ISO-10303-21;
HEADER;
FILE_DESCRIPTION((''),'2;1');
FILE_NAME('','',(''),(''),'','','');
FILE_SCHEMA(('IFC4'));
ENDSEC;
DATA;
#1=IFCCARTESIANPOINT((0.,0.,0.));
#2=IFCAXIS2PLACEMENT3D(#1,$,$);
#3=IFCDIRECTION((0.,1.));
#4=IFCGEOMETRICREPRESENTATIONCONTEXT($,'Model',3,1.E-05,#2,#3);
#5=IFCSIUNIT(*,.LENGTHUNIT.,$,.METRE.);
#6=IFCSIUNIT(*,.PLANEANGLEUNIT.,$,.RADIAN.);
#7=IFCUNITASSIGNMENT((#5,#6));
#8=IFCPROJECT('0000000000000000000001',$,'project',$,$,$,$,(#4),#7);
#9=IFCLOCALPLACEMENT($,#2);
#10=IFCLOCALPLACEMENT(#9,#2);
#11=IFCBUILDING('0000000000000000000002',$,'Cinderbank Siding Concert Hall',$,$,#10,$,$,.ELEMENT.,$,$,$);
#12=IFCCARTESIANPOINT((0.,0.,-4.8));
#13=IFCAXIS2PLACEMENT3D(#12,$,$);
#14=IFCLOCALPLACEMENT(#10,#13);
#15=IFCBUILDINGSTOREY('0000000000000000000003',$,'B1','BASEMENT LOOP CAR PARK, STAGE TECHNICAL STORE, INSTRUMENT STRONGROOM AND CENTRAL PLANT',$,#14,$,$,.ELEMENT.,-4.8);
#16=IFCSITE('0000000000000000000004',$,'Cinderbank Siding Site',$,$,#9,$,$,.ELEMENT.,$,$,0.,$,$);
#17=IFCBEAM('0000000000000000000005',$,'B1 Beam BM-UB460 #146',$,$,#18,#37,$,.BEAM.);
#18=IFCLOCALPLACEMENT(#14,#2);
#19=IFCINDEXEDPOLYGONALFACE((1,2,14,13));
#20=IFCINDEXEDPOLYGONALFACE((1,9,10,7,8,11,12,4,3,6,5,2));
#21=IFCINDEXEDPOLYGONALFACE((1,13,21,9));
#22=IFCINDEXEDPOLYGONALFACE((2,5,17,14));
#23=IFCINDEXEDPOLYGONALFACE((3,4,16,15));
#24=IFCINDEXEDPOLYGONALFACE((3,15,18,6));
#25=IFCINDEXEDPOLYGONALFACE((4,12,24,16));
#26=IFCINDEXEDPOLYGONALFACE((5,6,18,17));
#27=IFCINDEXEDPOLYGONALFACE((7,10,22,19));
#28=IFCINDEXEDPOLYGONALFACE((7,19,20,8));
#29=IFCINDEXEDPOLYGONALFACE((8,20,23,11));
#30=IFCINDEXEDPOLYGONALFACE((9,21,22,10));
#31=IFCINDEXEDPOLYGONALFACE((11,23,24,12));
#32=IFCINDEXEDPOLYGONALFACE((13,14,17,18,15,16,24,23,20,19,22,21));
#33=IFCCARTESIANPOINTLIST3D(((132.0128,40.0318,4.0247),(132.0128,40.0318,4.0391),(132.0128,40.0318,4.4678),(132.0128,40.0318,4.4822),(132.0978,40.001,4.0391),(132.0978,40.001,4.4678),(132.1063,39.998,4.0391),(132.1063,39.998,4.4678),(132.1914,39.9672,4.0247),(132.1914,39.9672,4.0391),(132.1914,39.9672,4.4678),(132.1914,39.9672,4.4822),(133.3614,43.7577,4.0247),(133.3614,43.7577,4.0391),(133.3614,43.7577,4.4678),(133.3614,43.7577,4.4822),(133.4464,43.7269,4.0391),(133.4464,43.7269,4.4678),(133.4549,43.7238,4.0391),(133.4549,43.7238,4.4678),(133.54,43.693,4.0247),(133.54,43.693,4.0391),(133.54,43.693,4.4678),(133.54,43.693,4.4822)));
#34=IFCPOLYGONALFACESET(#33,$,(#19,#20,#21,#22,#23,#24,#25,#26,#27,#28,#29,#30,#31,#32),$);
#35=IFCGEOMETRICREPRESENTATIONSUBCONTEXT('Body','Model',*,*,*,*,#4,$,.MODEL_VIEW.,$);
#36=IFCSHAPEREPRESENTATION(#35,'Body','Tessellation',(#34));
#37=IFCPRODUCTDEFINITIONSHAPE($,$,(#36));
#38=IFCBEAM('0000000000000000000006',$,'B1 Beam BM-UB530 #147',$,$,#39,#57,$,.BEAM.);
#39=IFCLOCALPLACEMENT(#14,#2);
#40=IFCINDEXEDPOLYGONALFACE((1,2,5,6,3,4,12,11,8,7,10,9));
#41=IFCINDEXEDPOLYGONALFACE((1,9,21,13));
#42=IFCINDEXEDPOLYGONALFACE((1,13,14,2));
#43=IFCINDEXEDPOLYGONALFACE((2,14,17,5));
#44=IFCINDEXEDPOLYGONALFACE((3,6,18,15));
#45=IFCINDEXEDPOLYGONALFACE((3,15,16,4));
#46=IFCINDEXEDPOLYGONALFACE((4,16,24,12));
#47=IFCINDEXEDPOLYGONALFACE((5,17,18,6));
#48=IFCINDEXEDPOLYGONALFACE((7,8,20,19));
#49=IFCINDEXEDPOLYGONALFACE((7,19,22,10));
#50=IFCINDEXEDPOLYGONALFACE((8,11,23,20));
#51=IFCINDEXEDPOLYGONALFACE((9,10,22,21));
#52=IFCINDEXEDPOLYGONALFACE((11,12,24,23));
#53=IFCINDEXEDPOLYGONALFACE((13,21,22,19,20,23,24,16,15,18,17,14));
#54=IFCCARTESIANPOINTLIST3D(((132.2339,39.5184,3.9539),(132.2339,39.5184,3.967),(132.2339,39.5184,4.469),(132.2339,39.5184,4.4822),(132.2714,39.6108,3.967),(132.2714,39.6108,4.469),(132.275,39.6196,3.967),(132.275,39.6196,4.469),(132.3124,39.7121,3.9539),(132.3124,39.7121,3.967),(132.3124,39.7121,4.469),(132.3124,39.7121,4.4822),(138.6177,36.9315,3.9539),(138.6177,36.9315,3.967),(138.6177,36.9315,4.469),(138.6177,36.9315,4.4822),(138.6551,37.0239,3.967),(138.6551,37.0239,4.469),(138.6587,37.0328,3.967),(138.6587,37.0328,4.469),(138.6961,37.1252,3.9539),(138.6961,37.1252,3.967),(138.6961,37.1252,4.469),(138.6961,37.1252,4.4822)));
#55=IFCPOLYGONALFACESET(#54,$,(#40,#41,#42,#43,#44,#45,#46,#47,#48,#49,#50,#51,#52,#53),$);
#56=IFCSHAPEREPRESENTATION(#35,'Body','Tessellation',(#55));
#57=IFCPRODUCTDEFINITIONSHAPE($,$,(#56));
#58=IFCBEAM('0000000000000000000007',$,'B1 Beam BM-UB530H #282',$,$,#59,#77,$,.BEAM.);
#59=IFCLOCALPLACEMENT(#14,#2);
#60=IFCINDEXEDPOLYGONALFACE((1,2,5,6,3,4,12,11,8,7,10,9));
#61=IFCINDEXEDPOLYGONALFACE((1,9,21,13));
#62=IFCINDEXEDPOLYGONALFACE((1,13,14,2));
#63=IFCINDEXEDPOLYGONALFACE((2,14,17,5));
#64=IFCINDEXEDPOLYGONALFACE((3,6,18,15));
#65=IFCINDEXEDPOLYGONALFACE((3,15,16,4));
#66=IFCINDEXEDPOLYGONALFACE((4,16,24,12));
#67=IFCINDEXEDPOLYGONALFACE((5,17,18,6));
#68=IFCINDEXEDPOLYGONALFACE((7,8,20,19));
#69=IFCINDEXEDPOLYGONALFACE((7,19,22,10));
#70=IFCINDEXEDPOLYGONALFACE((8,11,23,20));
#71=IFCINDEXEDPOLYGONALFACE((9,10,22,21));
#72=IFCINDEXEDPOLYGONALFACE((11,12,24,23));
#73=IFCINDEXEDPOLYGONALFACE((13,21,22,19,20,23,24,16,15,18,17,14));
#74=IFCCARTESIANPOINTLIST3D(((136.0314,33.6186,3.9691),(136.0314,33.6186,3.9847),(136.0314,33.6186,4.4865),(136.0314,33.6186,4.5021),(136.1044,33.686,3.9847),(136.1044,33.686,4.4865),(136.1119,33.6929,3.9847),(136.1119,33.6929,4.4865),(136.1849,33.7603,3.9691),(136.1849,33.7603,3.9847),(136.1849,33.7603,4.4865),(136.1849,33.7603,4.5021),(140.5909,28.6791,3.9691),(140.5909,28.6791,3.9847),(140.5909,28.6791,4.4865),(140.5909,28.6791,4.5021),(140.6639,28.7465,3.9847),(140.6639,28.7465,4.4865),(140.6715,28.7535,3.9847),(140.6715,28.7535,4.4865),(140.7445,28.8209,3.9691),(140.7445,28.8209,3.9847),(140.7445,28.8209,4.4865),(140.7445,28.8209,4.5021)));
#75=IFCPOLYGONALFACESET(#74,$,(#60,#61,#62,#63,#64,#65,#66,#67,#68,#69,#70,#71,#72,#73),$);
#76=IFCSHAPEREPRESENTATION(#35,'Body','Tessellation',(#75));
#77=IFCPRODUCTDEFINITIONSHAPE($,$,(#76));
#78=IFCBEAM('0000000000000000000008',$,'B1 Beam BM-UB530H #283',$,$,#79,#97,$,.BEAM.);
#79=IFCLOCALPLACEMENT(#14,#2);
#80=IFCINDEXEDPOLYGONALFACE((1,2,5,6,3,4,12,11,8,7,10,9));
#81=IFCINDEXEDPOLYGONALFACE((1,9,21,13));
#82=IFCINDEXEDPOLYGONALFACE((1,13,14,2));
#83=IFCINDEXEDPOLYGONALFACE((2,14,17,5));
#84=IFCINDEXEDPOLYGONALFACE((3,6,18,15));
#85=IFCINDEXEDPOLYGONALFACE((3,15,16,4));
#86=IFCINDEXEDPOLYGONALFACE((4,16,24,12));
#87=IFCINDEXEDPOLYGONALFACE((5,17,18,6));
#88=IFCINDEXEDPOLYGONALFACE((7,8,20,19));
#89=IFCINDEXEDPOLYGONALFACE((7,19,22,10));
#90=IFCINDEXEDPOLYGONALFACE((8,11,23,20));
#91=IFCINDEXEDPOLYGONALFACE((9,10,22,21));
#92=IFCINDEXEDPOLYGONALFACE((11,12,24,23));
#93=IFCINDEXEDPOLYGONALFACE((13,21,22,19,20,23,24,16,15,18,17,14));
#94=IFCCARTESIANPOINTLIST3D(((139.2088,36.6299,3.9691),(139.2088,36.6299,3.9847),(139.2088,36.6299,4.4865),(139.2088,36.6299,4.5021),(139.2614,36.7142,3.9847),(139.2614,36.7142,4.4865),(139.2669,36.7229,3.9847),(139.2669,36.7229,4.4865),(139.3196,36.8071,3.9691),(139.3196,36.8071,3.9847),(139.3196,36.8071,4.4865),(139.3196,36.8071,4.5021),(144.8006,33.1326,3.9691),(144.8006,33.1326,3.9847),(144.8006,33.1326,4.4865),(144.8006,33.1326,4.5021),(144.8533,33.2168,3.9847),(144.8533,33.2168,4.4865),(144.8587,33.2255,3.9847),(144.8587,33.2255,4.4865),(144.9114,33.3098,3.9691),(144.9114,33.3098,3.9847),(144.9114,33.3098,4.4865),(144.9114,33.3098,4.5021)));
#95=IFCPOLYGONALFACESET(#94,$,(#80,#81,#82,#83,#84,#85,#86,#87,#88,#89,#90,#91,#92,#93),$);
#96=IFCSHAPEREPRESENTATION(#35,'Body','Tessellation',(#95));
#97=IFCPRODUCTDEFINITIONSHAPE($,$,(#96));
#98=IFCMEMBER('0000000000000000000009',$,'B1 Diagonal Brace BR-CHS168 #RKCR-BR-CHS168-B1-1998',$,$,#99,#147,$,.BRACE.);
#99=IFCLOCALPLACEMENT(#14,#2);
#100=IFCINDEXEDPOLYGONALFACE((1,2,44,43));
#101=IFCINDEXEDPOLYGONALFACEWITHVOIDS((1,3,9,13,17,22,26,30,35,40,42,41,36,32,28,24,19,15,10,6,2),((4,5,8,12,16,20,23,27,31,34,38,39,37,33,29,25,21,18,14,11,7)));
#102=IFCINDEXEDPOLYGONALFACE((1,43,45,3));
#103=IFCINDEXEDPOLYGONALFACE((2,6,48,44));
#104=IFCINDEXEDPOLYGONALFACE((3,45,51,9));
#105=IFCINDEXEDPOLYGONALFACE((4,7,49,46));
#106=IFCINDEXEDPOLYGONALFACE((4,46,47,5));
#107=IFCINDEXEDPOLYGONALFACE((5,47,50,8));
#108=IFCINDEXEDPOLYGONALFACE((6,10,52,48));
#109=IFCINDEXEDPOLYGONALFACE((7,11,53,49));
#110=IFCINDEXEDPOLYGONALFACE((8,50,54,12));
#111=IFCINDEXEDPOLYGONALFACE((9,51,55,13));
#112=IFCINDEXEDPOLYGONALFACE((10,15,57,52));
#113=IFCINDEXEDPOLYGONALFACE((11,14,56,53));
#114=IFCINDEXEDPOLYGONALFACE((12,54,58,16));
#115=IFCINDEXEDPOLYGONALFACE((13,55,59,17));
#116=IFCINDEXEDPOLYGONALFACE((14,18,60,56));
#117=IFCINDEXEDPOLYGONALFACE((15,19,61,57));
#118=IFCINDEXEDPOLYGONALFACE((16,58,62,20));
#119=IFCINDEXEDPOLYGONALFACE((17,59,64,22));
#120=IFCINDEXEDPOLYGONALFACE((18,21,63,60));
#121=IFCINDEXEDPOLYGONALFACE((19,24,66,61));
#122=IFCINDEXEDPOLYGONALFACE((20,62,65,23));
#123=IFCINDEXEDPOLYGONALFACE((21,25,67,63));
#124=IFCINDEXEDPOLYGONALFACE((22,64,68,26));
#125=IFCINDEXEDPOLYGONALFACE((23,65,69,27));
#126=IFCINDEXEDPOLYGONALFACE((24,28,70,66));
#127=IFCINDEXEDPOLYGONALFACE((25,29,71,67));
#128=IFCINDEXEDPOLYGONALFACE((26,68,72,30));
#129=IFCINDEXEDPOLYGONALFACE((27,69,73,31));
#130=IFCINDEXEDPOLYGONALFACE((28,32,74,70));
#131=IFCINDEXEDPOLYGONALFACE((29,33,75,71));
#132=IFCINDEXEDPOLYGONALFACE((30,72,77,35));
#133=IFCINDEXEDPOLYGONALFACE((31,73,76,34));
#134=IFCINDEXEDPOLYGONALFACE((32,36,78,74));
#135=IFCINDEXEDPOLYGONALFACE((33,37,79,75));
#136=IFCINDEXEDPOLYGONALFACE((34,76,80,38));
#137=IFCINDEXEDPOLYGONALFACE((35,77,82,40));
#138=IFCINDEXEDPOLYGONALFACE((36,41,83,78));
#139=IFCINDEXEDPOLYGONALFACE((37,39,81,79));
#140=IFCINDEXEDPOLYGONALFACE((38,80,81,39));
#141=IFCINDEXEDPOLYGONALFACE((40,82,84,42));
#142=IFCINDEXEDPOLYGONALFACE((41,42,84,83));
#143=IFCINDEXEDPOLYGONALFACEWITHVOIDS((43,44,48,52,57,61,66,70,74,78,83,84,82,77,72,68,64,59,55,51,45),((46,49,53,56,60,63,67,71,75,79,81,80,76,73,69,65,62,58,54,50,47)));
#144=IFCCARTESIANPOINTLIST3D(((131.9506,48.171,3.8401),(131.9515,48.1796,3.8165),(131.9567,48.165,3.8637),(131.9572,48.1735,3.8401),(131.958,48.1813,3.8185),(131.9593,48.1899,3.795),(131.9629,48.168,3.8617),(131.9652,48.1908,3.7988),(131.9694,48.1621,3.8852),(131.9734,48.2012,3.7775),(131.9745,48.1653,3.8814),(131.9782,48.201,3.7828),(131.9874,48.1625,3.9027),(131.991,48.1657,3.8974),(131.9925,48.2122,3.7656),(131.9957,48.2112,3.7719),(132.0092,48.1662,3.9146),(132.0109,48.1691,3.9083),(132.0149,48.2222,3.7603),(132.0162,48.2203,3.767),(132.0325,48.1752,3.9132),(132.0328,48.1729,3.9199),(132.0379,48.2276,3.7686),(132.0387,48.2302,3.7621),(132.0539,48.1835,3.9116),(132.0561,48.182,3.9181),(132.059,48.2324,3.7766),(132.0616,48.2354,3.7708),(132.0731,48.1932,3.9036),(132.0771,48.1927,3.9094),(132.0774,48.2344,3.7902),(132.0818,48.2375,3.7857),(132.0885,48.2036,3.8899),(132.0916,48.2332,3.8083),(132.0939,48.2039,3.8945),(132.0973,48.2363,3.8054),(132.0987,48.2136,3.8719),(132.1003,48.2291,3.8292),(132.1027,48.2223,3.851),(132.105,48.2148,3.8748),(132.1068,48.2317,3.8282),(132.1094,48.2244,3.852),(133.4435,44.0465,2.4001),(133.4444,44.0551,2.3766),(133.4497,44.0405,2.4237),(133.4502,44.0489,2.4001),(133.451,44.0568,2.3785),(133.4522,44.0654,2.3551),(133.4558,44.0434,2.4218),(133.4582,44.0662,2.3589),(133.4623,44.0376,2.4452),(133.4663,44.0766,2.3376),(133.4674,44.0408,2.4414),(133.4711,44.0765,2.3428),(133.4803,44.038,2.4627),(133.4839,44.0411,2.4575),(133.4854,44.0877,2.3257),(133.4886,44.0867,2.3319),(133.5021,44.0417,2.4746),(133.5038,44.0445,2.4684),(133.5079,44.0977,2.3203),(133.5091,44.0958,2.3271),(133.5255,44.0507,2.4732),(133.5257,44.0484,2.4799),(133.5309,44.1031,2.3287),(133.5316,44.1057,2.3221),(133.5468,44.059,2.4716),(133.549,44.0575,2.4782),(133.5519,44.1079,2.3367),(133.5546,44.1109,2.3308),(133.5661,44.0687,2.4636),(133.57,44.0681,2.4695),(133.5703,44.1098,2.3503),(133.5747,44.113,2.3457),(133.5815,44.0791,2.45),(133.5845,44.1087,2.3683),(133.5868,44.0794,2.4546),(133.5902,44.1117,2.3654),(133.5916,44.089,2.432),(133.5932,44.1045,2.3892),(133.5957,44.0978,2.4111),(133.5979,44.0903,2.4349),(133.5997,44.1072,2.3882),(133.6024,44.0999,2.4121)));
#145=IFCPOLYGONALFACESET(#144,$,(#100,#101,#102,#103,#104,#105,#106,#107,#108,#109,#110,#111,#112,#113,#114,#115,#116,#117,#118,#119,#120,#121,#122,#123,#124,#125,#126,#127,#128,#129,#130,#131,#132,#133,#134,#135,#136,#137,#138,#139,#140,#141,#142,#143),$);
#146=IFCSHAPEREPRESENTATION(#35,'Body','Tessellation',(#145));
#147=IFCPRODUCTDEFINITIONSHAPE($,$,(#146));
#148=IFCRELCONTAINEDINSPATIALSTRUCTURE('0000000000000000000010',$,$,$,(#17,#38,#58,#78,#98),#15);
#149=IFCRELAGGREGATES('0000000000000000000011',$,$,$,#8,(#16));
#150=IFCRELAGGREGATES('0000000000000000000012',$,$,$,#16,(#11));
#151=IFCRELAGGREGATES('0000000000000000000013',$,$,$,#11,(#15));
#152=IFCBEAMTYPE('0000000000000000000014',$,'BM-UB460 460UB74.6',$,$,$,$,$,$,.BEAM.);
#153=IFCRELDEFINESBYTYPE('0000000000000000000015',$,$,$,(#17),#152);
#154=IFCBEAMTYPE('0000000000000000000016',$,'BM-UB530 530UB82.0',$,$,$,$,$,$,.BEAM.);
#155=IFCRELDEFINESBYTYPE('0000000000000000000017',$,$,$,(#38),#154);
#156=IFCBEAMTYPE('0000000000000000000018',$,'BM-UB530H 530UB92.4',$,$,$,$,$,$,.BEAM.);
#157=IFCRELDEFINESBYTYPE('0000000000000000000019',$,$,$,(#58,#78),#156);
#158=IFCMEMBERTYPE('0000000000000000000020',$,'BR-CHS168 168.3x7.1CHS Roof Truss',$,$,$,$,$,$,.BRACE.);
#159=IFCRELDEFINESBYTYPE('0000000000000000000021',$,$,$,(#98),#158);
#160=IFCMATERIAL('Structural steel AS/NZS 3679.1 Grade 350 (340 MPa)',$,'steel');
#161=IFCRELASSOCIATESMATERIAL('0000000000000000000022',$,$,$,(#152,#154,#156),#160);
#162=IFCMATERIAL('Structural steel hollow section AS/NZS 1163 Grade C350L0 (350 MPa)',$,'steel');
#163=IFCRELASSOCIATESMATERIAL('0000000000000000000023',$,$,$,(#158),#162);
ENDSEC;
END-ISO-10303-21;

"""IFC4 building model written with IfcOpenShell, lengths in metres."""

from ifc_helpers import new_model, si_unit, direction, frame, origin, origin_2d, place, context, subcontext, project, spatial, hollow_circle, i_section, extrude, material, material_profile, profile_set, type_object, element, save


model = new_model("IFC4")

# Units and contexts
model_context = context("Model", 3, precision=1e-05, world=origin(), true_north=direction((0.0, 1.0)))
body_context = subcontext(model_context, "Body", "Model", "MODEL_VIEW")
ifc_project = project(units=[si_unit("LENGTHUNIT", "METRE"), si_unit("PLANEANGLEUNIT", "RADIAN")], contexts=[model_context])

# Site, building, storey
site_placement = place(None, origin())
site = spatial("IfcSite", under=ifc_project, at=site_placement, Name="Cinderbank Siding Site", CompositionType="ELEMENT", RefElevation=0.0)
building_placement = place(site_placement, origin())
building = spatial("IfcBuilding", under=site, at=building_placement, Name="Cinderbank Siding Concert Hall", CompositionType="ELEMENT")
storey_placement = place(building_placement, frame((0.0, 0.0, -4.8)))
storey = spatial("IfcBuildingStorey", under=building, at=storey_placement, Name="B1", Description="BASEMENT LOOP CAR PARK, STAGE TECHNICAL STORE, INSTRUMENT STRONGROOM AND CENTRAL PLANT", CompositionType="ELEMENT", Elevation=-4.8)

# Beams
ifc_material_1 = material(Name="Structural steel AS/NZS 3679.1 Grade 350 (340 MPa)", Category="steel")
ifc_material_profile_1 = material_profile(ifc_material_1, i_section(OverallWidth=0.1899, OverallDepth=0.4575, WebThickness=0.009, FlangeThickness=0.0144, at=origin_2d()), Name="460UB74.6", Category="LoadBearing")
ifc_profile_set_1 = profile_set([ifc_material_profile_1], Name="Structural steel AS/NZS 3679.1 Grade 350 (340 MPa)")
beam_type_1 = type_object("IfcBeamType", Name="BM-UB460 460UB74.6", PredefinedType="BEAM", material=ifc_profile_set_1)
beam_1_placement = place(storey_placement, frame((132.1021, 39.9995, 4.2534), z_axis=(0.340357, 0.940296, 0.0), x_axis=(-0.940296, 0.340357, 0.0)))
element("IfcBeam", 1, at=beam_1_placement, inside=storey, type_object=beam_type_1, Name="B1 Beam BM-UB460 #146", PredefinedType="BEAM", context=body_context, shape_type="SweptSolid", body=[
    extrude(i_section(OverallWidth=0.1899, OverallDepth=0.4575, WebThickness=0.009, FlangeThickness=0.0144, at=origin_2d()), origin(), (0.0, 0.0, 1.0), 3.9624),
])
ifc_material_profile_2 = material_profile(ifc_material_1, i_section(OverallWidth=0.209, OverallDepth=0.5283, WebThickness=0.0095, FlangeThickness=0.0132, at=origin_2d()), Name="530UB82.0", Category="LoadBearing")
ifc_profile_set_2 = profile_set([ifc_material_profile_2], Name="Structural steel AS/NZS 3679.1 Grade 350 (340 MPa)")
beam_type_2 = type_object("IfcBeamType", Name="BM-UB530 530UB82.0", PredefinedType="BEAM", material=ifc_profile_set_2)
beam_2_placement = place(storey_placement, frame((132.2732, 39.6152, 4.218), z_axis=(0.926795, -0.375567, 0.0), x_axis=(0.375567, 0.926795, 0.0)))
element("IfcBeam", 2, at=beam_2_placement, inside=storey, type_object=beam_type_2, Name="B1 Beam BM-UB530 #147", PredefinedType="BEAM", context=body_context, shape_type="SweptSolid", body=[
    extrude(i_section(OverallWidth=0.209, OverallDepth=0.5283, WebThickness=0.0095, FlangeThickness=0.0132, at=origin_2d()), origin(), (0.0, 0.0, 1.0), 6.8879),
])
ifc_material_profile_3 = material_profile(ifc_material_1, i_section(OverallWidth=0.209, OverallDepth=0.533, WebThickness=0.0103, FlangeThickness=0.0156, at=origin_2d()), Name="530UB92.4", Category="LoadBearing")
ifc_profile_set_3 = profile_set([ifc_material_profile_3], Name="Structural steel AS/NZS 3679.1 Grade 350 (340 MPa)")
beam_type_3 = type_object("IfcBeamType", Name="BM-UB530H 530UB92.4", PredefinedType="BEAM", material=ifc_profile_set_3)
beam_3_placement = place(storey_placement, frame((136.1082, 33.6895, 4.2356), z_axis=(0.678286, -0.734798, 0.0), x_axis=(0.734798, 0.678286, 0.0)))
element("IfcBeam", 3, at=beam_3_placement, inside=storey, type_object=beam_type_3, Name="B1 Beam BM-UB530H #282", PredefinedType="BEAM", context=body_context, shape_type="SweptSolid", body=[
    extrude(i_section(OverallWidth=0.209, OverallDepth=0.533, WebThickness=0.0103, FlangeThickness=0.0156, at=origin_2d()), origin(), (0.0, 0.0, 1.0), 6.7222),
])
beam_4_placement = place(storey_placement, frame((139.2642, 36.7185, 4.2356), z_axis=(0.847832, -0.530265, 0.0), x_axis=(0.530265, 0.847832, 0.0)))
element("IfcBeam", 4, at=beam_4_placement, inside=storey, type_object=beam_type_3, Name="B1 Beam BM-UB530H #283", PredefinedType="BEAM", context=body_context, shape_type="SweptSolid", body=[
    extrude(i_section(OverallWidth=0.209, OverallDepth=0.533, WebThickness=0.0103, FlangeThickness=0.0156, at=origin_2d()), origin(), (0.0, 0.0, 1.0), 6.5955),
])

# Member
ifc_material_2 = material(Name="Structural steel hollow section AS/NZS 1163 Grade C350L0 (350 MPa)", Category="steel")
ifc_material_profile_4 = material_profile(ifc_material_2, hollow_circle(Radius=0.0842, WallThickness=0.0071, at=origin_2d()), Name="168.3x7.1CHS", Category="LoadBearing")
ifc_profile_set_4 = profile_set([ifc_material_profile_4], Name="Structural steel hollow section AS/NZS 1163 Grade C350L0 (350 MPa)")
member_type_1 = type_object("IfcMemberType", Name="BR-CHS168 168.3x7.1CHS Roof Truss", PredefinedType="BRACE", material=ifc_profile_set_4)
member_1_placement = place(storey_placement, frame((133.5227, 44.0752, 2.4001), z_axis=(-0.323374, 0.893391, 0.311899), x_axis=(-0.940298, -0.340353, 0.0)))
element("IfcMember", 5, at=member_1_placement, inside=storey, type_object=member_type_1, Name="B1 Diagonal Brace BR-CHS168 #RKCR-BR-CHS168-B1-1998", PredefinedType="BRACE", context=body_context, shape_type="SweptSolid", body=[
    extrude(hollow_circle(Radius=0.0842, WallThickness=0.0071, at=origin_2d()), origin(), (0.0, 0.0, 1.0), 4.6167),
])

save(model, "model.ifc")
